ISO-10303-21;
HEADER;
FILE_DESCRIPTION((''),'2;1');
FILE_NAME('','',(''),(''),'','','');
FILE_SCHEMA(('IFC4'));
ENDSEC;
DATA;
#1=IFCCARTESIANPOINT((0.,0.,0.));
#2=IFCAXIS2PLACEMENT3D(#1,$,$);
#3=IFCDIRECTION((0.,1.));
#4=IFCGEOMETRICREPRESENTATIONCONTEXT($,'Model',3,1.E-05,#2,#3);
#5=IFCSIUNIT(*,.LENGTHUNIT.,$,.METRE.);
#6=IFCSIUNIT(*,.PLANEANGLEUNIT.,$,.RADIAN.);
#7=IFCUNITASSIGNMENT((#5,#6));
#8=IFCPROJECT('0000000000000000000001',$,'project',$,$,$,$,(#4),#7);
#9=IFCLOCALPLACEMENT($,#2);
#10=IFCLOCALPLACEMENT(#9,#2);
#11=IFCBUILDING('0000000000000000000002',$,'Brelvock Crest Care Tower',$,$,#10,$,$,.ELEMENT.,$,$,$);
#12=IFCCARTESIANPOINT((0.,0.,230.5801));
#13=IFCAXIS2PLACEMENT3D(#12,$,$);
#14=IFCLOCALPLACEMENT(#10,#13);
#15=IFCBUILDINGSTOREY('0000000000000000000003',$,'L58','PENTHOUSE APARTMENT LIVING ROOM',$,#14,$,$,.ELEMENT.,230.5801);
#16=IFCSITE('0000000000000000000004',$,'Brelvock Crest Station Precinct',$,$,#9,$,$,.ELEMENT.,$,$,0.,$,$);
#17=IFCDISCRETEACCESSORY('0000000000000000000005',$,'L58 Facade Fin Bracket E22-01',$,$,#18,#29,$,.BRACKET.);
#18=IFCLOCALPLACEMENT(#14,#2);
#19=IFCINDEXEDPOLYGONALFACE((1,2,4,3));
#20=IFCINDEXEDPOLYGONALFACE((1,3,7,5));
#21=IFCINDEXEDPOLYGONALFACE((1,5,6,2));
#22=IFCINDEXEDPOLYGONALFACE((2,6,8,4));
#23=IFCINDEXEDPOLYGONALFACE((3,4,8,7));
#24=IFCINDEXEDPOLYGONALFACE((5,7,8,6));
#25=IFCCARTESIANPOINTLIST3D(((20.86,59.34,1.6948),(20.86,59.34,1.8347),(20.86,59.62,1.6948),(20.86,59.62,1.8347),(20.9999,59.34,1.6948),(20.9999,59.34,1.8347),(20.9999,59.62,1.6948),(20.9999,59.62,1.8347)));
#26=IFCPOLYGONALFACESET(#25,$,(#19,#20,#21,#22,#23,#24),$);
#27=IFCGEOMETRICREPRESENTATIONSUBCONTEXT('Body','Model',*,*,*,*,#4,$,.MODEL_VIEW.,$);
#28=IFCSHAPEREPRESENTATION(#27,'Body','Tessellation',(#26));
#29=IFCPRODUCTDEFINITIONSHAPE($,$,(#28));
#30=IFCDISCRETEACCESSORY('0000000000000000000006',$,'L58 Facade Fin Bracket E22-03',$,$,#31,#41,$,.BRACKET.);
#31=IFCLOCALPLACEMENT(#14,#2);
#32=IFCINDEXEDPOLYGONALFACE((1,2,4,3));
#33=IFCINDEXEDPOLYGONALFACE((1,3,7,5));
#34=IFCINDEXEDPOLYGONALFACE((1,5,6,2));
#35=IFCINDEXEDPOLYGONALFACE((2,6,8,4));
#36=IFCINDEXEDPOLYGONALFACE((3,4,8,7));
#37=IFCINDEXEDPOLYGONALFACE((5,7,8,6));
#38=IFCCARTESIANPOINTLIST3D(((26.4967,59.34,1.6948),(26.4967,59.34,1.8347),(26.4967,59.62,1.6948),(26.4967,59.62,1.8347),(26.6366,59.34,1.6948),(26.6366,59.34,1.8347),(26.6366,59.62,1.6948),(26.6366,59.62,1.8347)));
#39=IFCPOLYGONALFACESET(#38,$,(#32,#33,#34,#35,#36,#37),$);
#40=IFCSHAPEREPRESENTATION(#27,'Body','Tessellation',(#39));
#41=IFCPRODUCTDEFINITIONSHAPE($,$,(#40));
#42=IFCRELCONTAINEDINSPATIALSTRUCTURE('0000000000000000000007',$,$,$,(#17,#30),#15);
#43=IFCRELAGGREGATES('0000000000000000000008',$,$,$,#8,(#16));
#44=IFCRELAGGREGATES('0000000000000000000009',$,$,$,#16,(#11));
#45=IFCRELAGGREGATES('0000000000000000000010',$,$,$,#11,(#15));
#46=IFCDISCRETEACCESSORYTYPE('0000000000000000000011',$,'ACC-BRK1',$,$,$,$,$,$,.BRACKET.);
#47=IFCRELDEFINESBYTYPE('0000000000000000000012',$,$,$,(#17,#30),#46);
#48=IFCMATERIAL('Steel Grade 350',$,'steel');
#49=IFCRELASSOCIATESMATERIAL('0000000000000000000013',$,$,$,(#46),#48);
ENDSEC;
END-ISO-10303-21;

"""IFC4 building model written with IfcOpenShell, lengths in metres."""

from ifc_helpers import new_model, si_unit, direction, frame, origin, origin_2d, place, context, subcontext, project, spatial, rectangle, extrude, source, transform, mapped, material, type_object, element, save


model = new_model("IFC4")

# Units and contexts
model_context = context("Model", 3, precision=1e-05, world=origin(), true_north=direction((0.0, 1.0)))
body_context = subcontext(model_context, "Body", "Model", "MODEL_VIEW")
ifc_project = project(units=[si_unit("LENGTHUNIT", "METRE"), si_unit("PLANEANGLEUNIT", "RADIAN")], contexts=[model_context])

# Site, building, storey
site_placement = place(None, origin())
site = spatial("IfcSite", under=ifc_project, at=site_placement, Name="Brelvock Crest Station Precinct", CompositionType="ELEMENT", RefElevation=0.0)
building_placement = place(site_placement, origin())
building = spatial("IfcBuilding", under=site, at=building_placement, Name="Brelvock Crest Care Tower", CompositionType="ELEMENT")
storey_placement = place(building_placement, frame((0.0, 0.0, 230.5801)))
storey = spatial("IfcBuildingStorey", under=building, at=storey_placement, Name="L58", Description="PENTHOUSE APARTMENT LIVING ROOM", CompositionType="ELEMENT", Elevation=230.5801)

# Shared definitions
ifc_material_1 = material(Name="Steel Grade 350", Category="steel")

# Discrete accessories
discrete_accessory_type = type_object("IfcDiscreteAccessoryType", Name="ACC-BRK1", PredefinedType="BRACKET", material=ifc_material_1)
shared_shape_1 = source(origin(), body_context, "Body", "SweptSolid", [
    extrude(rectangle(XDim=0.28, YDim=0.1399, at=origin_2d()), origin(), (0.0, 0.0, 1.0), 0.1399),
])
for number, where, z_axis, x_axis, name in (
    (1, (20.9299, 59.48, 1.6948), (0.0, 0.0, 1.0), (0.0, 1.0, 0.0), "L58 Facade Fin Bracket E22-01"),
    (2, (26.5667, 59.48, 1.6948), (0.0, 0.0, 1.0), (0.0, 1.0, 0.0), "L58 Facade Fin Bracket E22-03"),
):
    element("IfcDiscreteAccessory", number, at=place(storey_placement, frame(where, z_axis=z_axis, x_axis=x_axis)), inside=storey, type_object=discrete_accessory_type, Name=name, PredefinedType="BRACKET", context=body_context, shape_type="MappedRepresentation", body=[
        mapped(shared_shape_1, transform((0.0, 0.0, 0.0), x_axis=(1.0, 0.0, 0.0), y_axis=(0.0, 1.0, 0.0), z_axis=(0.0, 0.0, 1.0), scale=1.0)),
    ])

save(model, "model.ifc")
